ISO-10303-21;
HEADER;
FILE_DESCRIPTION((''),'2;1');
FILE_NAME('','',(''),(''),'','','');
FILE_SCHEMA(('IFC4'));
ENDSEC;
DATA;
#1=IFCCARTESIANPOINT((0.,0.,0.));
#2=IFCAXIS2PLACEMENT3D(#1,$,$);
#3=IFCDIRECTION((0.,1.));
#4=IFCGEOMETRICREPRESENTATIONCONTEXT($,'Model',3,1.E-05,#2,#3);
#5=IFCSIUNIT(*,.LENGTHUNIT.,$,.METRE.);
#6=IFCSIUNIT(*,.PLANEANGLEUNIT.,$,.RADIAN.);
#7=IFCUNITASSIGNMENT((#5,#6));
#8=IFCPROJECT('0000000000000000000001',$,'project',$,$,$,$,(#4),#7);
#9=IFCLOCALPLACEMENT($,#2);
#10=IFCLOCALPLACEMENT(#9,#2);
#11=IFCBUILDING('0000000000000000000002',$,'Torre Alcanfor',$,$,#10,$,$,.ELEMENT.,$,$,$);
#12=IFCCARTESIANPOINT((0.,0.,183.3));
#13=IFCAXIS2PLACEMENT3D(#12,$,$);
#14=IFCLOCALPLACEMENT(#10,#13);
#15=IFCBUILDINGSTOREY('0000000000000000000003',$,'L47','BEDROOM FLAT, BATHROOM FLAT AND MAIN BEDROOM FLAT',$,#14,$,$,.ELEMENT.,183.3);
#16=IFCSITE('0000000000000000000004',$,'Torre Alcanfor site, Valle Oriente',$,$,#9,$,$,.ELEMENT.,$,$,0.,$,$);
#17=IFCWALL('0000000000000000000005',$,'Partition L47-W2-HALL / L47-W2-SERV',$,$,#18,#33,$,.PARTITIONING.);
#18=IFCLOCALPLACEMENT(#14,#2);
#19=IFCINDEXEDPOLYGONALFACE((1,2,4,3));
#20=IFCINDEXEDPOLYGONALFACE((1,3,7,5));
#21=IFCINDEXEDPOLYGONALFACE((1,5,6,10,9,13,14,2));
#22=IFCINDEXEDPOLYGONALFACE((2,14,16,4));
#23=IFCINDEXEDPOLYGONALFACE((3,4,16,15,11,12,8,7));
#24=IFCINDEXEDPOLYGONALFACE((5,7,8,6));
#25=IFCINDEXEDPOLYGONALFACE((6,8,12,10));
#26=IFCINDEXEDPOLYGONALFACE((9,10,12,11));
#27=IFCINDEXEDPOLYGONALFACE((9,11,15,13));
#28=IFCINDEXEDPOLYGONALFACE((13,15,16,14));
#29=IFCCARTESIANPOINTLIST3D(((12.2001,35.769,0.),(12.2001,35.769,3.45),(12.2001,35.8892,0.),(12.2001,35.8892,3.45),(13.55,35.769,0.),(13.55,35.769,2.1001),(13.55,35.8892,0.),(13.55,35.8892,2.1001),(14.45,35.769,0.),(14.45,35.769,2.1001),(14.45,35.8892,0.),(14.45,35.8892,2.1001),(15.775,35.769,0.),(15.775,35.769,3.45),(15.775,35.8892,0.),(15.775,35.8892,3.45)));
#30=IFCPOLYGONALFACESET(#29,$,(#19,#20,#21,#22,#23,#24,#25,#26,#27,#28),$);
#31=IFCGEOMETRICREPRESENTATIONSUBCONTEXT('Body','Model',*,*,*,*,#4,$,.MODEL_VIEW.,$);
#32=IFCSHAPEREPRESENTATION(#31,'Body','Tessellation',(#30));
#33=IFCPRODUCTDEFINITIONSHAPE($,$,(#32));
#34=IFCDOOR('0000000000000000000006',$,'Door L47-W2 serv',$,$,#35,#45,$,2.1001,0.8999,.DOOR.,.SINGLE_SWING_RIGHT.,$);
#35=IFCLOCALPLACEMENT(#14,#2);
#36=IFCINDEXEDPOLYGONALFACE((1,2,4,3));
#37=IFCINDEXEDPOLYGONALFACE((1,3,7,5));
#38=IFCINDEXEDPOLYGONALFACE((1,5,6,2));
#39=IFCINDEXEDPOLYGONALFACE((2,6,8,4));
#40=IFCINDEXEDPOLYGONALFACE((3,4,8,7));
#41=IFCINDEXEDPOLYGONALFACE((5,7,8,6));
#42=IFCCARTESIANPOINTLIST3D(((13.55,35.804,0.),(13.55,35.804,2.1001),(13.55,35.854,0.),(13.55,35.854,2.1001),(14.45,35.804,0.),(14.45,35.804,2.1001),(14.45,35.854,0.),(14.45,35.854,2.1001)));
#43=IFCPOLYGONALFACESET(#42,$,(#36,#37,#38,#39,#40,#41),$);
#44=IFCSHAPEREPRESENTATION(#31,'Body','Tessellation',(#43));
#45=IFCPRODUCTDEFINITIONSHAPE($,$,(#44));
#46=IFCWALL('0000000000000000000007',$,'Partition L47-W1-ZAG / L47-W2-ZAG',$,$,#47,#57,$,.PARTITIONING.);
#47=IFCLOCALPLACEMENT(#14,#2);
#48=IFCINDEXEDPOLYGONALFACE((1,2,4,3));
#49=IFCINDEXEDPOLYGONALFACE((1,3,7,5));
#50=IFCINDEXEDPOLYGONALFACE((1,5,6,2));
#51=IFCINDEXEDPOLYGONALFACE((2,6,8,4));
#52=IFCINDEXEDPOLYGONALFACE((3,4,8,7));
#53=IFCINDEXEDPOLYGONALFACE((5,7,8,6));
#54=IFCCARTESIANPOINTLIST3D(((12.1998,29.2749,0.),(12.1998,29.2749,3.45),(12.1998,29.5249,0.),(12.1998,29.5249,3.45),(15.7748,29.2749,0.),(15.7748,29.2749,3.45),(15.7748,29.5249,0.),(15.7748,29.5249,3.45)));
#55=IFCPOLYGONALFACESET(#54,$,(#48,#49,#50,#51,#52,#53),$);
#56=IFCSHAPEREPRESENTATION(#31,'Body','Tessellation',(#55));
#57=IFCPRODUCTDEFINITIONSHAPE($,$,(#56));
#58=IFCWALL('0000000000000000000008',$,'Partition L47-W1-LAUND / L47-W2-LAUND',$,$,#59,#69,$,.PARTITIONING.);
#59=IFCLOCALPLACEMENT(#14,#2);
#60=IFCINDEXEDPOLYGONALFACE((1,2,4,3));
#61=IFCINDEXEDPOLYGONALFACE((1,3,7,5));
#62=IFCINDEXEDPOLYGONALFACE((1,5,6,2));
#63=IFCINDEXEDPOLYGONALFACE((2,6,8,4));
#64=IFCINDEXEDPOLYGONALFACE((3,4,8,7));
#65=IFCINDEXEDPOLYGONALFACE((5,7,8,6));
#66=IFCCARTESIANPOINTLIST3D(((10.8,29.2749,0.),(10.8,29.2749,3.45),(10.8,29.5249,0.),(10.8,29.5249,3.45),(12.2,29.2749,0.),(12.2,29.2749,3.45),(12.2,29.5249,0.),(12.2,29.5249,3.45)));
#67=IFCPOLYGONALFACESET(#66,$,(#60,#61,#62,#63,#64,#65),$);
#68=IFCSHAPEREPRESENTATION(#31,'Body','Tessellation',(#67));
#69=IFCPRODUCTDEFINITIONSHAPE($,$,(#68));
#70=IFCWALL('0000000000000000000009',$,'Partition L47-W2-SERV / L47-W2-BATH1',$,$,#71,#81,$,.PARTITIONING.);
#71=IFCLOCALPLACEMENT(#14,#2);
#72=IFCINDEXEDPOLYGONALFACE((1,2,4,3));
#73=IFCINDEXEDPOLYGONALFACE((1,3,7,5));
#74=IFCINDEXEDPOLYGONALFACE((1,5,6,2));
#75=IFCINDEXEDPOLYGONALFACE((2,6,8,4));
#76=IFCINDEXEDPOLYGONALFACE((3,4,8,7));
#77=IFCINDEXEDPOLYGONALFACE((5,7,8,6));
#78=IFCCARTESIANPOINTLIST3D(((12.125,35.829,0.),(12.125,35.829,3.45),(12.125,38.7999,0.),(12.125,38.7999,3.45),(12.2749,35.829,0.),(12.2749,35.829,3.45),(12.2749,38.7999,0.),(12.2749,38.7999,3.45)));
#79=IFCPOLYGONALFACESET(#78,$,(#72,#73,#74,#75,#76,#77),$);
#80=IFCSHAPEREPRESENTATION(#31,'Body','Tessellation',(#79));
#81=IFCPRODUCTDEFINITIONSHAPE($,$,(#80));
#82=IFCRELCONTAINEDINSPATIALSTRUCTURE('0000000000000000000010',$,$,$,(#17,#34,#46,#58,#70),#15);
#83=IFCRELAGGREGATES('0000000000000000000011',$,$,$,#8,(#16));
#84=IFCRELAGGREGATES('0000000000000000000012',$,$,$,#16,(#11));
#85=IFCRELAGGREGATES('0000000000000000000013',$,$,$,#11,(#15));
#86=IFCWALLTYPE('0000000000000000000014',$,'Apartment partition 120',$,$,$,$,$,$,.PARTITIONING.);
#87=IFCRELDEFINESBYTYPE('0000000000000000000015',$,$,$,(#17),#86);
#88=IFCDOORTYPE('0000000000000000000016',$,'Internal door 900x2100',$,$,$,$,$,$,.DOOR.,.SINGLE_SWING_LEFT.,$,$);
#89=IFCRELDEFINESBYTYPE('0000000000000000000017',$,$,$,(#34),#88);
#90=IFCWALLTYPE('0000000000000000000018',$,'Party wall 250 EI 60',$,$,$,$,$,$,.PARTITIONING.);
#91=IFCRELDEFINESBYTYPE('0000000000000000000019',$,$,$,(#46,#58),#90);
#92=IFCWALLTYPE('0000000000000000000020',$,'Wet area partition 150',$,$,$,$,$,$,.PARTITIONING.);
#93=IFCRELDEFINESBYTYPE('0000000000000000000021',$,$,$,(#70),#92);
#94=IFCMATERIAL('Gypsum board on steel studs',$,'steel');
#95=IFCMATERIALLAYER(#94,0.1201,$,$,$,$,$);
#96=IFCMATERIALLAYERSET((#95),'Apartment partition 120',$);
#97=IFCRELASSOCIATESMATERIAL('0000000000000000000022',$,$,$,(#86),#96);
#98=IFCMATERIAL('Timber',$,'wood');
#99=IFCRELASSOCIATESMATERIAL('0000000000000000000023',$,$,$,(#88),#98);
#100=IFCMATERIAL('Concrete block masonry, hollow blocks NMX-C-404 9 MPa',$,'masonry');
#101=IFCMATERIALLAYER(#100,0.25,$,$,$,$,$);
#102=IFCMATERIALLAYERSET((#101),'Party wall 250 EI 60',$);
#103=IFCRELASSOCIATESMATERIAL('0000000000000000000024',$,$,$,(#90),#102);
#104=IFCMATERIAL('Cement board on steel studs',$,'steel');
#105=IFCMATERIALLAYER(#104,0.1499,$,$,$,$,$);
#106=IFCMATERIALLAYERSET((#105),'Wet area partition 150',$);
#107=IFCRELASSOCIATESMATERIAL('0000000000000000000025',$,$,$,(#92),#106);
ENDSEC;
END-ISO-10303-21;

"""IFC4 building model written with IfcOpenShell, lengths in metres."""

from ifc_helpers import new_model, si_unit, direction, frame, frame_2d, origin, place, context, subcontext, project, spatial, rectangle, extrude, material, layer, layer_set, type_object, element, fill, save


model = new_model("IFC4")

# Units and contexts
model_context = context("Model", 3, precision=1e-05, world=origin(), true_north=direction((0.0, 1.0)))
body_context = subcontext(model_context, "Body", "Model", "MODEL_VIEW")
ifc_project = project(units=[si_unit("LENGTHUNIT", "METRE"), si_unit("PLANEANGLEUNIT", "RADIAN")], contexts=[model_context])

# Site, building, storey
site_placement = place(None, origin())
site = spatial("IfcSite", under=ifc_project, at=site_placement, Name="Torre Alcanfor site, Valle Oriente", CompositionType="ELEMENT", RefElevation=0.0)
building_placement = place(site_placement, origin())
building = spatial("IfcBuilding", under=site, at=building_placement, Name="Torre Alcanfor", CompositionType="ELEMENT")
storey_placement = place(building_placement, frame((0.0, 0.0, 183.3)))
storey = spatial("IfcBuildingStorey", under=building, at=storey_placement, Name="L47", Description="BEDROOM FLAT, BATHROOM FLAT AND MAIN BEDROOM FLAT", CompositionType="ELEMENT", Elevation=183.3)

# Shared definitions
ifc_material_1 = material(Name="Gypsum board on steel studs", Category="steel")
ifc_layer_1 = layer(ifc_material_1, 0.1201)
ifc_layer_set_1 = layer_set([ifc_layer_1], Name="Apartment partition 120")
wall_type_1 = type_object("IfcWallType", Name="Apartment partition 120", PredefinedType="PARTITIONING", material=ifc_layer_set_1)

# Wall, opening, door
wall_1_placement = place(storey_placement, frame((12.2, 35.8291, 0.0), z_axis=(0.0, 0.0, 1.0), x_axis=(1.0, 0.0, 0.0)))
wall_1 = element("IfcWall", 1, at=wall_1_placement, inside=storey, type_object=wall_type_1, Name="Partition L47-W2-HALL / L47-W2-SERV", PredefinedType="PARTITIONING", context=body_context, shape_type="SweptSolid", body=[
    extrude(rectangle(XDim=3.575, YDim=0.1201, at=frame_2d((1.7876, 0.0))), origin(), (0.0, 0.0, 1.0), 3.45),
])
opening_1_placement = place(wall_1_placement, frame((1.3501, 0.0, 0.0)))
opening_1 = element("IfcOpeningElement", 2, at=opening_1_placement, cuts=wall_1, PredefinedType="OPENING", context=body_context, shape_type="SweptSolid", body=[
    extrude(rectangle(XDim=0.8999, YDim=2.1001, at=frame_2d((0.45, 1.05))), frame((0.0, 0.0701, 0.0), z_axis=(0.0, -1.0, 0.0), x_axis=(1.0, 0.0, 0.0)), (0.0, 0.0, 1.0), 0.1401),
])
ifc_material_2 = material(Name="Timber", Category="wood")
door_type_1 = type_object("IfcDoorType", Name="Internal door 900x2100", OperationType="SINGLE_SWING_LEFT", PredefinedType="DOOR", material=ifc_material_2)
door_1_placement = place(opening_1_placement, origin())
door_1 = element("IfcDoor", 3, at=door_1_placement, inside=storey, type_object=door_type_1, Name="Door L47-W2 serv", OperationType="SINGLE_SWING_RIGHT", OverallHeight=2.1001, OverallWidth=0.8999, PredefinedType="DOOR", context=body_context, shape_type="SweptSolid", body=[
    extrude(rectangle(XDim=0.8999, YDim=2.1001, at=frame_2d((0.45, 1.05))), frame((0.0, 0.0249, 0.0), z_axis=(0.0, -1.0, 0.0), x_axis=(1.0, 0.0, 0.0)), (0.0, 0.0, 1.0), 0.05),
])
fill(opening_1, door_1)

# Walls
ifc_material_3 = material(Name="Concrete block masonry, hollow blocks NMX-C-404 9 MPa", Category="masonry")
ifc_layer_2 = layer(ifc_material_3, 0.25)
ifc_layer_set_2 = layer_set([ifc_layer_2], Name="Party wall 250 EI 60")
wall_type_2 = type_object("IfcWallType", Name="Party wall 250 EI 60", PredefinedType="PARTITIONING", material=ifc_layer_set_2)
wall_2_placement = place(storey_placement, frame((15.7749, 29.3999, 0.0), z_axis=(0.0, 0.0, 1.0), x_axis=(-1.0, 0.0, 0.0)))
element("IfcWall", 4, at=wall_2_placement, inside=storey, type_object=wall_type_2, Name="Partition L47-W1-ZAG / L47-W2-ZAG", PredefinedType="PARTITIONING", context=body_context, shape_type="SweptSolid", body=[
    extrude(rectangle(XDim=3.575, YDim=0.25, at=frame_2d((1.7876, 0.0))), origin(), (0.0, 0.0, 1.0), 3.45),
])
wall_3_placement = place(storey_placement, frame((12.2, 29.3999, 0.0), z_axis=(0.0, 0.0, 1.0), x_axis=(-1.0, 0.0, 0.0)))
element("IfcWall", 5, at=wall_3_placement, inside=storey, type_object=wall_type_2, Name="Partition L47-W1-LAUND / L47-W2-LAUND", PredefinedType="PARTITIONING", context=body_context, shape_type="SweptSolid", body=[
    extrude(rectangle(XDim=1.3999, YDim=0.25, at=frame_2d((0.7, 0.0))), origin(), (0.0, 0.0, 1.0), 3.45),
])
ifc_material_4 = material(Name="Cement board on steel studs", Category="steel")
ifc_layer_3 = layer(ifc_material_4, 0.1499)
ifc_layer_set_3 = layer_set([ifc_layer_3], Name="Wet area partition 150")
wall_type_3 = type_object("IfcWallType", Name="Wet area partition 150", PredefinedType="PARTITIONING", material=ifc_layer_set_3)
wall_4_placement = place(storey_placement, frame((12.2, 35.8291, 0.0), z_axis=(0.0, 0.0, 1.0), x_axis=(0.0, 1.0, 0.0)))
element("IfcWall", 6, at=wall_4_placement, inside=storey, type_object=wall_type_3, Name="Partition L47-W2-SERV / L47-W2-BATH1", PredefinedType="PARTITIONING", context=body_context, shape_type="SweptSolid", body=[
    extrude(rectangle(XDim=2.9709, YDim=0.1499, at=frame_2d((1.4854, 0.0))), origin(), (0.0, 0.0, 1.0), 3.45),
])

save(model, "model.ifc")
